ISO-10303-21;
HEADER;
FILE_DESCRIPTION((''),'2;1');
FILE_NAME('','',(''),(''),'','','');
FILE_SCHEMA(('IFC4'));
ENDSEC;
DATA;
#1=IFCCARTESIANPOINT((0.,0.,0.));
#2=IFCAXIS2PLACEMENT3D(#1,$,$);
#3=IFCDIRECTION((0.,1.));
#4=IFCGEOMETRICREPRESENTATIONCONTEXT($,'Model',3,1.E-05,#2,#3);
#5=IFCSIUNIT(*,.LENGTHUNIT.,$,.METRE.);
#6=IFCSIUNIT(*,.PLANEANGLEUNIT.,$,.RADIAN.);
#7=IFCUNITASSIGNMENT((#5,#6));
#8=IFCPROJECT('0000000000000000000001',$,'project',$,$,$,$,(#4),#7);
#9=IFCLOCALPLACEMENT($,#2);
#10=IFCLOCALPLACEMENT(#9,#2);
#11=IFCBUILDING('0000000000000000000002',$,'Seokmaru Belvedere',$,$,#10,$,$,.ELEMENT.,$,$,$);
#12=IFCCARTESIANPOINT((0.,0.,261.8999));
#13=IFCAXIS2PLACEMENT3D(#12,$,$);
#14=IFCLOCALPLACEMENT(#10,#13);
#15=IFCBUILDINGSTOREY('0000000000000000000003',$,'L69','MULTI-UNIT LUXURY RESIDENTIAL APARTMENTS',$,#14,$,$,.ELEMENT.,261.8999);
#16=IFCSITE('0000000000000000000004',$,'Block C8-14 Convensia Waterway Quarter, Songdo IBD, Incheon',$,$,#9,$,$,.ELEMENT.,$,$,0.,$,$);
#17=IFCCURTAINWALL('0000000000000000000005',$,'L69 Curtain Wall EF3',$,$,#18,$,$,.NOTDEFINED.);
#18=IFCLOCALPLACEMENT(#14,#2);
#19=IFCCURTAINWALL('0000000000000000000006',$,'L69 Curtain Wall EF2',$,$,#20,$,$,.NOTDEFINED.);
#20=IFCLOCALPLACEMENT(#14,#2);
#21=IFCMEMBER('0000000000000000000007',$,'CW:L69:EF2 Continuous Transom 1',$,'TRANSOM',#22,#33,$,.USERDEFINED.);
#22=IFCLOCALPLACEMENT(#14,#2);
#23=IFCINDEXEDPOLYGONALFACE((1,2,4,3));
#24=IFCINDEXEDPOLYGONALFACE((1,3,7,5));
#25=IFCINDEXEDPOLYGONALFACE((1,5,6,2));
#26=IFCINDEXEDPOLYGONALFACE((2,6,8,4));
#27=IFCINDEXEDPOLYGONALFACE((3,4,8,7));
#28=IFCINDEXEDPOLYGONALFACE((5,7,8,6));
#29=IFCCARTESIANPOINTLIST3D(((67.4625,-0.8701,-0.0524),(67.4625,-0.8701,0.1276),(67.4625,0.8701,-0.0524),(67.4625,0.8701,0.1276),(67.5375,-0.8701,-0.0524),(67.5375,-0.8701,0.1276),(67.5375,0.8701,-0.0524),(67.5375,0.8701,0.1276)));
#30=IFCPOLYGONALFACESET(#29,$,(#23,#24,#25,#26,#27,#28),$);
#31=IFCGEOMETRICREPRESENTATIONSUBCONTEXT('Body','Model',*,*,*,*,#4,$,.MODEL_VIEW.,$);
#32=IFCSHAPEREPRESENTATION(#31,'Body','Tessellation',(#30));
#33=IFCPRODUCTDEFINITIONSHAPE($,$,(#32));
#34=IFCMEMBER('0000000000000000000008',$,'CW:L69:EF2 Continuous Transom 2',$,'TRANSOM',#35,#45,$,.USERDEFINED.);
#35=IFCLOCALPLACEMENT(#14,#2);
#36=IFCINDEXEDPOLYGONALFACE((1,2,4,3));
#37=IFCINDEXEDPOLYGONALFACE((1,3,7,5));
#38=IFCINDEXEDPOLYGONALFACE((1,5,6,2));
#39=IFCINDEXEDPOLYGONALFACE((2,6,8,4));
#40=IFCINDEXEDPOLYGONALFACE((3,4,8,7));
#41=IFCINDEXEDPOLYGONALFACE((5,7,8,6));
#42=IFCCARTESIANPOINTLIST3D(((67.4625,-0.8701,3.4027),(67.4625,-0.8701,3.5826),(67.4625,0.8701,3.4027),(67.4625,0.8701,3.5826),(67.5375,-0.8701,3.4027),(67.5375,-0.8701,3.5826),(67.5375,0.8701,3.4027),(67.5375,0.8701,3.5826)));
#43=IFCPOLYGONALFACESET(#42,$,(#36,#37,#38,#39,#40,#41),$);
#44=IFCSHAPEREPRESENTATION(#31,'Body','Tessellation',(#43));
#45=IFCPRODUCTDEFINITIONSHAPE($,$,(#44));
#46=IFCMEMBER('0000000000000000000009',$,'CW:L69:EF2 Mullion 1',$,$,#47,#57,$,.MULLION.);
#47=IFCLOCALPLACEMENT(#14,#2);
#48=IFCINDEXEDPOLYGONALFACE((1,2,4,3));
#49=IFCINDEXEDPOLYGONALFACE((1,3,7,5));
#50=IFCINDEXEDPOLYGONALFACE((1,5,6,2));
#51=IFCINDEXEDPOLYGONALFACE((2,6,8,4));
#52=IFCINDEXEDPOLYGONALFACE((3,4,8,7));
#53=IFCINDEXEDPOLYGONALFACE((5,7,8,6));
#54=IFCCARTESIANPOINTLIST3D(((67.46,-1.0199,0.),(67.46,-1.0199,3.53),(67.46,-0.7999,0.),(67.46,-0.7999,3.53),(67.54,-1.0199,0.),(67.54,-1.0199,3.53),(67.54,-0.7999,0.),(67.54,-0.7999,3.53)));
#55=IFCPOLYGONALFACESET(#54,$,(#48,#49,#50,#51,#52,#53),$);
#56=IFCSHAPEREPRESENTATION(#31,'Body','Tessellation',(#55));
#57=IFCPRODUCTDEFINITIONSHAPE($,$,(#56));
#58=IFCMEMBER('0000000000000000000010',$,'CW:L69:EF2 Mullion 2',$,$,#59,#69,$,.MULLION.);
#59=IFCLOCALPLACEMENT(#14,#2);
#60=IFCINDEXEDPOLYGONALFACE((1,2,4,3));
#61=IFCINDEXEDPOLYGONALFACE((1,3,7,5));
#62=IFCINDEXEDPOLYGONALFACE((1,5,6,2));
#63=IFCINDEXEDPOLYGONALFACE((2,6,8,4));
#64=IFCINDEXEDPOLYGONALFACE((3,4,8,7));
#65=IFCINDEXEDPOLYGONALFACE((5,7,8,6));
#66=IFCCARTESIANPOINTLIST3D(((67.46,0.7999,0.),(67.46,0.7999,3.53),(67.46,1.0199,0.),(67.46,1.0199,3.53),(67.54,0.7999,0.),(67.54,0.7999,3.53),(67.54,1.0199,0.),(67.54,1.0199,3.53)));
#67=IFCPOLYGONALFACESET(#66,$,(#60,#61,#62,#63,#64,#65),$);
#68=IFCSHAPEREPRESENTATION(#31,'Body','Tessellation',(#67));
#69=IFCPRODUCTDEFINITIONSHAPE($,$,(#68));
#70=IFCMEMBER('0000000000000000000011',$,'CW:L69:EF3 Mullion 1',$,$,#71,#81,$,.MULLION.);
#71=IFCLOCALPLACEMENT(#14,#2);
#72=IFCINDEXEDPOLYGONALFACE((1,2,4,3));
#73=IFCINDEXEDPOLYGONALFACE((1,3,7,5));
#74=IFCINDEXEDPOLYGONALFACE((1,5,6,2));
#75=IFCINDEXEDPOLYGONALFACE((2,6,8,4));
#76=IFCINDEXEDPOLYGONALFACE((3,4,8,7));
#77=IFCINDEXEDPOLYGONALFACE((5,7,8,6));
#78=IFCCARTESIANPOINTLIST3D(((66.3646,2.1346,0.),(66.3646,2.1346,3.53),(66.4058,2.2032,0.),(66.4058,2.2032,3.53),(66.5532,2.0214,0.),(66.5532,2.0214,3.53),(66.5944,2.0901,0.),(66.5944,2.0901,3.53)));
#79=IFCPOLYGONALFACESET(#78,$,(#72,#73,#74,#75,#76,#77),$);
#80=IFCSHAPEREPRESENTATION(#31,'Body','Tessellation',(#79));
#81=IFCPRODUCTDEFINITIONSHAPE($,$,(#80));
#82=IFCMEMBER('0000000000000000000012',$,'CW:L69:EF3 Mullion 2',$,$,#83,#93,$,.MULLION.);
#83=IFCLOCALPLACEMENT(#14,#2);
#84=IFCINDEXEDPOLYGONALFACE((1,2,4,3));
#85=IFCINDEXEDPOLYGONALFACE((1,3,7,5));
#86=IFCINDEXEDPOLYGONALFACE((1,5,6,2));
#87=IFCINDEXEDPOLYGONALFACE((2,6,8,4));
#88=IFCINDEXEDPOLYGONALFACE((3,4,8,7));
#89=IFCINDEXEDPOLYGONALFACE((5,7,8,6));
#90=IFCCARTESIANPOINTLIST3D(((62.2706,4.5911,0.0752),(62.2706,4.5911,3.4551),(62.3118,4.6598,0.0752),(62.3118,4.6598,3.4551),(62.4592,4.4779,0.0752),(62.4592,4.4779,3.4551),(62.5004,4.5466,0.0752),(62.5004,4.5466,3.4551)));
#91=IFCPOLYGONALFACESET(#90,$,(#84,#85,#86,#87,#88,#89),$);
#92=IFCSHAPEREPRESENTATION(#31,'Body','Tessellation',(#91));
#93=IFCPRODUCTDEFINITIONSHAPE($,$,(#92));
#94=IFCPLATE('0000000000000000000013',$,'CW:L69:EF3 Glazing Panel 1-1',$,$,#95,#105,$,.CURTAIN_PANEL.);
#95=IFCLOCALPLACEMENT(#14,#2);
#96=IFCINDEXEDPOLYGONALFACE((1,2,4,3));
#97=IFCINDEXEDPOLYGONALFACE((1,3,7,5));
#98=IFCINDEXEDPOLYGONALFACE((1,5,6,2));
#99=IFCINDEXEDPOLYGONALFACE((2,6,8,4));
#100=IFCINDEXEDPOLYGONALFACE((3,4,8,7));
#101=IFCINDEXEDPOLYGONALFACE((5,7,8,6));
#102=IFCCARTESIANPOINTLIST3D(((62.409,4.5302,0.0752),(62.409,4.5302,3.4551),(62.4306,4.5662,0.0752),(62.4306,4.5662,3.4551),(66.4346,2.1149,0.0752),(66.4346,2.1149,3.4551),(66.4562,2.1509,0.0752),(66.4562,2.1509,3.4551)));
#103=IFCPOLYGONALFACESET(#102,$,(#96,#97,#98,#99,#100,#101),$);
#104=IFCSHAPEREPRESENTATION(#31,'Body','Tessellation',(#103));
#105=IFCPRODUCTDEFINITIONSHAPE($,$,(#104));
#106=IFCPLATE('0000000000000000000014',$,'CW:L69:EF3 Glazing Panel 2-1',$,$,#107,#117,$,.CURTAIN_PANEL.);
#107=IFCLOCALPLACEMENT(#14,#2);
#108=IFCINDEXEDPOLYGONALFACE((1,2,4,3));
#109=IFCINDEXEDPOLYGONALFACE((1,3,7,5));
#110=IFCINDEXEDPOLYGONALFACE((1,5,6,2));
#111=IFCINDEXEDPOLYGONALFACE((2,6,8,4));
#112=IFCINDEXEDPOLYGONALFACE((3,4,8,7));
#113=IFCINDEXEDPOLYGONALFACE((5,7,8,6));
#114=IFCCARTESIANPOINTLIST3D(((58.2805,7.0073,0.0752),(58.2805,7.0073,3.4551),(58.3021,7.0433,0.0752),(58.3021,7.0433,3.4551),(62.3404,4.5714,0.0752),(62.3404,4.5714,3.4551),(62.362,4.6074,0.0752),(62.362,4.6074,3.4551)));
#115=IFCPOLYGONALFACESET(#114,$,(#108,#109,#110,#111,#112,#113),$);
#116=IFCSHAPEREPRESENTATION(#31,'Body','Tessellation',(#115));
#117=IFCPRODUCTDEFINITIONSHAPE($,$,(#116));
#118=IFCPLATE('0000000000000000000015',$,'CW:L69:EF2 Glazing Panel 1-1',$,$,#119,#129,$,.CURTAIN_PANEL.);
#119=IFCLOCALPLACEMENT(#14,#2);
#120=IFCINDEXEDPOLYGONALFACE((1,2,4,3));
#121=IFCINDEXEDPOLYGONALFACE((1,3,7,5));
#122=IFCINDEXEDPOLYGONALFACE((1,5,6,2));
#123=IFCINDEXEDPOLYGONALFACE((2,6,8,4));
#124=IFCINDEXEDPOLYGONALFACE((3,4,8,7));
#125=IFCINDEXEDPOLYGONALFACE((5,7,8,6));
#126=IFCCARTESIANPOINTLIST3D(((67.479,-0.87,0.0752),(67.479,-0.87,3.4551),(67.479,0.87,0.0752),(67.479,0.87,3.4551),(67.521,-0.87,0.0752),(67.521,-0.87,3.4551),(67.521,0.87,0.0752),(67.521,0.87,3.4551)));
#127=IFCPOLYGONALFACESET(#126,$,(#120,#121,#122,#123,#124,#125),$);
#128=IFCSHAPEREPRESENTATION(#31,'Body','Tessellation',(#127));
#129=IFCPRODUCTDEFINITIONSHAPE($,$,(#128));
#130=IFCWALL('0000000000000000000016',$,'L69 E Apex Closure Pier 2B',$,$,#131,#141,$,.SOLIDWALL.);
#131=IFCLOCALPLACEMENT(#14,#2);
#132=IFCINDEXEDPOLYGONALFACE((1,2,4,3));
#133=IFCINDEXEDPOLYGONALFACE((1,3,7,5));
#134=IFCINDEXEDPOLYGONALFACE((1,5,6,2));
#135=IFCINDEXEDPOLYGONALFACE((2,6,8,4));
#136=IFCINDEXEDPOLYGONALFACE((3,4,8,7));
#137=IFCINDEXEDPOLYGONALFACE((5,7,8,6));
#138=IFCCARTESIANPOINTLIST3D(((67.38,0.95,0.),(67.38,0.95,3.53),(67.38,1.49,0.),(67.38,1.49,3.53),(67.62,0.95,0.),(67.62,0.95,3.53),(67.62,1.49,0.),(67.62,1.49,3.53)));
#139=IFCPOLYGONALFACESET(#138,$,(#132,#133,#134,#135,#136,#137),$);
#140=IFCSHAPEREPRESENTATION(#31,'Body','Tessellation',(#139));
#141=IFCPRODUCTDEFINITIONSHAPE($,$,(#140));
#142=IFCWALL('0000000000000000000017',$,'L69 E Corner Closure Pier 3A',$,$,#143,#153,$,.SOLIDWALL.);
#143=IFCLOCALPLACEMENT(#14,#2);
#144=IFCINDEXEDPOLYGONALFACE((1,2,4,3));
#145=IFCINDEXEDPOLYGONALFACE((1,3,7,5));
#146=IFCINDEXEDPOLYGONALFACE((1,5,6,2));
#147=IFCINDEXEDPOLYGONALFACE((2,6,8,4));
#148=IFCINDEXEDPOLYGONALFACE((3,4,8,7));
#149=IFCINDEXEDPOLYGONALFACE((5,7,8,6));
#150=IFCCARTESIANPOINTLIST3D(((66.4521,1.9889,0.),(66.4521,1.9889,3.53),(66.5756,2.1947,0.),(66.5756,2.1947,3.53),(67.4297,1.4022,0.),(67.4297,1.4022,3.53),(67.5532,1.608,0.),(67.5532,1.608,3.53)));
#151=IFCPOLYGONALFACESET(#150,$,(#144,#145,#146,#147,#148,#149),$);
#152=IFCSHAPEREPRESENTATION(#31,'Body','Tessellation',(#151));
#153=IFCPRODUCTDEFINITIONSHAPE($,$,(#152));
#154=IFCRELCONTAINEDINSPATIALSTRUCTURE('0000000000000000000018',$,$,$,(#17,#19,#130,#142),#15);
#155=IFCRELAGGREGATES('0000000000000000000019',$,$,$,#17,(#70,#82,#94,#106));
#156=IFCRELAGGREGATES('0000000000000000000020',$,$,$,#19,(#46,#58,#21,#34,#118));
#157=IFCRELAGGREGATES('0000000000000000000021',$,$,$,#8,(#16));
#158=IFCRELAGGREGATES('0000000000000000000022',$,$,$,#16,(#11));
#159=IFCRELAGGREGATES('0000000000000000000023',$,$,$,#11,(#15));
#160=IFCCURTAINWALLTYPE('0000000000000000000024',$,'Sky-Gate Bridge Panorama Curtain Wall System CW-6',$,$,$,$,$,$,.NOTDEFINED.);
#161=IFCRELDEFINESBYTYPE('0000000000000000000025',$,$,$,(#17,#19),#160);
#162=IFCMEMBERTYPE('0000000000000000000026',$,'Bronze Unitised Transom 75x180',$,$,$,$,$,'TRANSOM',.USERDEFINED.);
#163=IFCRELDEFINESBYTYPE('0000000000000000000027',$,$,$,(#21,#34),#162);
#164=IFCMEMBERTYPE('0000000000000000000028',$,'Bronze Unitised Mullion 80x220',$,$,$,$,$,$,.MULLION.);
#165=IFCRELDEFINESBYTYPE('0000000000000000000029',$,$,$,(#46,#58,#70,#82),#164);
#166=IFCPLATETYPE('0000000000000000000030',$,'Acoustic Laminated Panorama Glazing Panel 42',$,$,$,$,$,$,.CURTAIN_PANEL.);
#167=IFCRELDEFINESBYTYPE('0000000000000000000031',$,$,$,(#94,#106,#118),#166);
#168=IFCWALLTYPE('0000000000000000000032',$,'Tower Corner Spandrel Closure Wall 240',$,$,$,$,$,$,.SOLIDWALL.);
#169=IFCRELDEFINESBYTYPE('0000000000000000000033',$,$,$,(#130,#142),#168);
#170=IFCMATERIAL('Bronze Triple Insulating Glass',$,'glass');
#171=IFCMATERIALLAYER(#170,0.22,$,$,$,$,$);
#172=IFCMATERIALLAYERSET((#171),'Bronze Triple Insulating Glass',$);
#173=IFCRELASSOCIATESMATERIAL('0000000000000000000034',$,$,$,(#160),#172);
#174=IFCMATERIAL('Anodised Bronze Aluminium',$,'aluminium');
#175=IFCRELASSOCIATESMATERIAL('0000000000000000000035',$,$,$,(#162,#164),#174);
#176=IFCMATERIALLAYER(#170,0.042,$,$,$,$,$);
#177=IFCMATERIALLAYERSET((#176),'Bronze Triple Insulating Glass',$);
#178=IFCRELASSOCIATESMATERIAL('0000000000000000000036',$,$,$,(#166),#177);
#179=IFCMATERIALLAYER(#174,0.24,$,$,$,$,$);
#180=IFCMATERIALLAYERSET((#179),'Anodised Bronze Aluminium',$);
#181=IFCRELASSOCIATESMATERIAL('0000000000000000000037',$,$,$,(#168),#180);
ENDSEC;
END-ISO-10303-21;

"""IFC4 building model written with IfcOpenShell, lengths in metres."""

from ifc_helpers import new_model, si_unit, direction, frame, frame_2d, origin, origin_2d, place, context, subcontext, project, spatial, rectangle, extrude, source, transform, mapped, material, layer, layer_set, material_profile, profile_set, type_object, type_shapes, element, aggregate, save


model = new_model("IFC4")

# Units and contexts
model_context = context("Model", 3, precision=1e-05, world=origin(), true_north=direction((0.0, 1.0)))
body_context = subcontext(model_context, "Body", "Model", "MODEL_VIEW")
ifc_project = project(units=[si_unit("LENGTHUNIT", "METRE"), si_unit("PLANEANGLEUNIT", "RADIAN")], contexts=[model_context])

# Site, building, storey
site_placement = place(None, origin())
site = spatial("IfcSite", under=ifc_project, at=site_placement, Name="Block C8-14 Convensia Waterway Quarter, Songdo IBD, Incheon", CompositionType="ELEMENT", RefElevation=0.0)
building_placement = place(site_placement, origin())
building = spatial("IfcBuilding", under=site, at=building_placement, Name="Seokmaru Belvedere", CompositionType="ELEMENT")
storey_placement = place(building_placement, frame((0.0, 0.0, 261.8999)))
storey = spatial("IfcBuildingStorey", under=building, at=storey_placement, Name="L69", Description="MULTI-UNIT LUXURY RESIDENTIAL APARTMENTS", CompositionType="ELEMENT", Elevation=261.8999)

# Curtain walls, members
ifc_material_1 = material(Name="Bronze Triple Insulating Glass", Category="glass")
ifc_layer_1 = layer(ifc_material_1, 0.22)
ifc_layer_set_1 = layer_set([ifc_layer_1], Name="Bronze Triple Insulating Glass")
curtain_wall_type = type_object("IfcCurtainWallType", Name="Sky-Gate Bridge Panorama Curtain Wall System CW-6", PredefinedType="NOTDEFINED", material=ifc_layer_set_1)
curtain_wall_1_placement = place(storey_placement, origin())
curtain_wall_1 = element("IfcCurtainWall", 1, at=curtain_wall_1_placement, inside=storey, type_object=curtain_wall_type, Name="L69 Curtain Wall EF3", PredefinedType="NOTDEFINED")
ifc_material_2 = material(Name="Anodised Bronze Aluminium", Category="aluminium")
ifc_material_profile_1 = material_profile(ifc_material_2, rectangle(XDim=0.075, YDim=0.1799, at=origin_2d()), Name="CW-T-75x180")
ifc_profile_set_1 = profile_set([ifc_material_profile_1], Name="Anodised Bronze Aluminium")
member_type_1 = type_object("IfcMemberType", Name="Bronze Unitised Transom 75x180", ElementType="TRANSOM", PredefinedType="USERDEFINED", material=ifc_profile_set_1)
curtain_wall_2_placement = place(storey_placement, origin())
curtain_wall_2 = element("IfcCurtainWall", 2, at=curtain_wall_2_placement, inside=storey, type_object=curtain_wall_type, Name="L69 Curtain Wall EF2", PredefinedType="NOTDEFINED")
shared_shape_1 = source(origin(), body_context, "Body", "SweptSolid", [
    extrude(rectangle(XDim=0.075, YDim=0.1799, at=origin_2d()), origin(), (0.0, 0.0, 1.0), 1.7402),
])
member_1_placement = place(storey_placement, frame((67.5, -0.8701, 0.0376), z_axis=(0.0, 1.0, 0.0), x_axis=(-1.0, 0.0, 0.0)))
member_1 = element("IfcMember", 3, at=member_1_placement, type_object=member_type_1, Name="CW:L69:EF2 Continuous Transom 1", ObjectType="TRANSOM", PredefinedType="USERDEFINED", context=body_context, shape_type="MappedRepresentation", body=[
    mapped(shared_shape_1, transform((0.0, 0.0, 0.0), scale=1.0)),
])
member_2_placement = place(storey_placement, frame((67.5, -0.8701, 3.4927), z_axis=(0.0, 1.0, 0.0), x_axis=(-1.0, 0.0, 0.0)))
member_2 = element("IfcMember", 4, at=member_2_placement, type_object=member_type_1, Name="CW:L69:EF2 Continuous Transom 2", ObjectType="TRANSOM", PredefinedType="USERDEFINED", context=body_context, shape_type="MappedRepresentation", body=[
    mapped(shared_shape_1, transform((0.0, 0.0, 0.0), scale=1.0)),
])
ifc_material_profile_2 = material_profile(ifc_material_2, rectangle(XDim=0.0801, YDim=0.22, at=origin_2d()), Name="CW-M-80x220")
ifc_profile_set_2 = profile_set([ifc_material_profile_2], Name="Anodised Bronze Aluminium")
member_type_2 = type_object("IfcMemberType", Name="Bronze Unitised Mullion 80x220", PredefinedType="MULLION", material=ifc_profile_set_2)
shared_shape_2 = source(origin(), body_context, "Body", "SweptSolid", [
    extrude(rectangle(XDim=0.0801, YDim=0.22, at=origin_2d()), origin(), (0.0, 0.0, 1.0), 3.53),
])
member_3_placement = place(storey_placement, frame((67.5, -0.9099, 0.0), z_axis=(0.0, 0.0, 1.0), x_axis=(-1.0, 0.0, 0.0)))
member_3 = element("IfcMember", 5, at=member_3_placement, type_object=member_type_2, Name="CW:L69:EF2 Mullion 1", PredefinedType="MULLION", context=body_context, shape_type="MappedRepresentation", body=[
    mapped(shared_shape_2, transform((0.0, 0.0, 0.0), scale=1.0)),
])
member_4_placement = place(storey_placement, frame((67.5, 0.9099, 0.0), z_axis=(0.0, 0.0, 1.0), x_axis=(-1.0, 0.0, 0.0)))
member_4 = element("IfcMember", 6, at=member_4_placement, type_object=member_type_2, Name="CW:L69:EF2 Mullion 2", PredefinedType="MULLION", context=body_context, shape_type="MappedRepresentation", body=[
    mapped(shared_shape_2, transform((0.0, 0.0, 0.0), scale=1.0)),
])

# Members
member_5_placement = place(storey_placement, frame((66.4795, 2.1123, 0.0), z_axis=(0.0, 0.0, 1.0), x_axis=(-0.514495, -0.857493, 0.0)))
member_5 = element("IfcMember", 7, at=member_5_placement, type_object=member_type_2, Name="CW:L69:EF3 Mullion 1", PredefinedType="MULLION", context=body_context, shape_type="MappedRepresentation", body=[
    mapped(shared_shape_2, transform((0.0, 0.0, 0.0), scale=1.0)),
])
shared_shape_3 = source(origin(), body_context, "Body", "SweptSolid", [
    extrude(rectangle(XDim=0.0801, YDim=0.22, at=origin_2d()), origin(), (0.0, 0.0, 1.0), 3.3799),
])
type_shapes(member_type_2, [shared_shape_2, shared_shape_3])
member_6_placement = place(storey_placement, frame((62.3855, 4.5688, 0.0752), z_axis=(0.0, 0.0, 1.0), x_axis=(-0.514495, -0.857493, 0.0)))
member_6 = element("IfcMember", 8, at=member_6_placement, type_object=member_type_2, Name="CW:L69:EF3 Mullion 2", PredefinedType="MULLION", context=body_context, shape_type="MappedRepresentation", body=[
    mapped(shared_shape_3, transform((0.0, 0.0, 0.0), scale=1.0)),
])

# Plates
ifc_layer_2 = layer(ifc_material_1, 0.042)
ifc_layer_set_2 = layer_set([ifc_layer_2], Name="Bronze Triple Insulating Glass")
plate_type = type_object("IfcPlateType", Name="Acoustic Laminated Panorama Glazing Panel 42", PredefinedType="CURTAIN_PANEL", material=ifc_layer_set_2)
shared_shape_4 = source(origin(), body_context, "Body", "SweptSolid", [
    extrude(rectangle(XDim=4.6946, YDim=0.042, at=origin_2d()), origin(), (0.0, 0.0, 1.0), 3.3799),
])
plate_1_placement = place(storey_placement, frame((64.4326, 3.3406, 0.0752), z_axis=(0.0, 0.0, 1.0), x_axis=(-0.857493, 0.514495, 0.0)))
plate_1 = element("IfcPlate", 9, at=plate_1_placement, type_object=plate_type, Name="CW:L69:EF3 Glazing Panel 1-1", PredefinedType="CURTAIN_PANEL", context=body_context, shape_type="MappedRepresentation", body=[
    mapped(shared_shape_4, transform((0.0, 0.0, 0.0), scale=1.0)),
])
shared_shape_5 = source(origin(), body_context, "Body", "SweptSolid", [
    extrude(rectangle(XDim=4.7346, YDim=0.042, at=origin_2d()), origin(), (0.0, 0.0, 1.0), 3.3799),
])
plate_2_placement = place(storey_placement, frame((60.3213, 5.8074, 0.0752), z_axis=(0.0, 0.0, 1.0), x_axis=(-0.857493, 0.514495, 0.0)))
plate_2 = element("IfcPlate", 10, at=plate_2_placement, type_object=plate_type, Name="CW:L69:EF3 Glazing Panel 2-1", PredefinedType="CURTAIN_PANEL", context=body_context, shape_type="MappedRepresentation", body=[
    mapped(shared_shape_5, transform((0.0, 0.0, 0.0), scale=1.0)),
])
aggregate(curtain_wall_1, [member_5, member_6, plate_1, plate_2])
shared_shape_6 = source(origin(), body_context, "Body", "SweptSolid", [
    extrude(rectangle(XDim=1.74, YDim=0.042, at=origin_2d()), origin(), (0.0, 0.0, 1.0), 3.3799),
])
type_shapes(plate_type, [shared_shape_4, shared_shape_5, shared_shape_6])
plate_3_placement = place(storey_placement, frame((67.5, 0.0, 0.0752), z_axis=(0.0, 0.0, 1.0), x_axis=(0.0, 1.0, 0.0)))
plate_3 = element("IfcPlate", 11, at=plate_3_placement, type_object=plate_type, Name="CW:L69:EF2 Glazing Panel 1-1", PredefinedType="CURTAIN_PANEL", context=body_context, shape_type="MappedRepresentation", body=[
    mapped(shared_shape_6, transform((0.0, 0.0, 0.0), scale=1.0)),
])
aggregate(curtain_wall_2, [member_3, member_4, member_1, member_2, plate_3])

# Walls
ifc_layer_3 = layer(ifc_material_2, 0.24)
ifc_layer_set_3 = layer_set([ifc_layer_3], Name="Anodised Bronze Aluminium")
wall_type = type_object("IfcWallType", Name="Tower Corner Spandrel Closure Wall 240", PredefinedType="SOLIDWALL", material=ifc_layer_set_3)
wall_1_placement = place(storey_placement, frame((67.5, 0.95, 0.0), z_axis=(0.0, 0.0, 1.0), x_axis=(0.0, 1.0, 0.0)))
element("IfcWall", 12, at=wall_1_placement, inside=storey, type_object=wall_type, Name="L69 E Apex Closure Pier 2B", PredefinedType="SOLIDWALL", context=body_context, shape_type="SweptSolid", body=[
    extrude(rectangle(XDim=0.54, YDim=0.24, at=frame_2d((0.27, 0.0))), origin(), (0.0, 0.0, 1.0), 3.53),
])
wall_2_placement = place(storey_placement, frame((67.4915, 1.5051, 0.0), z_axis=(0.0, 0.0, 1.0), x_axis=(-0.857436, 0.51459, 0.0)))
element("IfcWall", 13, at=wall_2_placement, inside=storey, type_object=wall_type, Name="L69 E Corner Closure Pier 3A", PredefinedType="SOLIDWALL", context=body_context, shape_type="SweptSolid", body=[
    extrude(rectangle(XDim=1.1401, YDim=0.24, at=frame_2d((0.5701, 0.0))), origin(), (0.0, 0.0, 1.0), 3.53),
])

save(model, "model.ifc")
